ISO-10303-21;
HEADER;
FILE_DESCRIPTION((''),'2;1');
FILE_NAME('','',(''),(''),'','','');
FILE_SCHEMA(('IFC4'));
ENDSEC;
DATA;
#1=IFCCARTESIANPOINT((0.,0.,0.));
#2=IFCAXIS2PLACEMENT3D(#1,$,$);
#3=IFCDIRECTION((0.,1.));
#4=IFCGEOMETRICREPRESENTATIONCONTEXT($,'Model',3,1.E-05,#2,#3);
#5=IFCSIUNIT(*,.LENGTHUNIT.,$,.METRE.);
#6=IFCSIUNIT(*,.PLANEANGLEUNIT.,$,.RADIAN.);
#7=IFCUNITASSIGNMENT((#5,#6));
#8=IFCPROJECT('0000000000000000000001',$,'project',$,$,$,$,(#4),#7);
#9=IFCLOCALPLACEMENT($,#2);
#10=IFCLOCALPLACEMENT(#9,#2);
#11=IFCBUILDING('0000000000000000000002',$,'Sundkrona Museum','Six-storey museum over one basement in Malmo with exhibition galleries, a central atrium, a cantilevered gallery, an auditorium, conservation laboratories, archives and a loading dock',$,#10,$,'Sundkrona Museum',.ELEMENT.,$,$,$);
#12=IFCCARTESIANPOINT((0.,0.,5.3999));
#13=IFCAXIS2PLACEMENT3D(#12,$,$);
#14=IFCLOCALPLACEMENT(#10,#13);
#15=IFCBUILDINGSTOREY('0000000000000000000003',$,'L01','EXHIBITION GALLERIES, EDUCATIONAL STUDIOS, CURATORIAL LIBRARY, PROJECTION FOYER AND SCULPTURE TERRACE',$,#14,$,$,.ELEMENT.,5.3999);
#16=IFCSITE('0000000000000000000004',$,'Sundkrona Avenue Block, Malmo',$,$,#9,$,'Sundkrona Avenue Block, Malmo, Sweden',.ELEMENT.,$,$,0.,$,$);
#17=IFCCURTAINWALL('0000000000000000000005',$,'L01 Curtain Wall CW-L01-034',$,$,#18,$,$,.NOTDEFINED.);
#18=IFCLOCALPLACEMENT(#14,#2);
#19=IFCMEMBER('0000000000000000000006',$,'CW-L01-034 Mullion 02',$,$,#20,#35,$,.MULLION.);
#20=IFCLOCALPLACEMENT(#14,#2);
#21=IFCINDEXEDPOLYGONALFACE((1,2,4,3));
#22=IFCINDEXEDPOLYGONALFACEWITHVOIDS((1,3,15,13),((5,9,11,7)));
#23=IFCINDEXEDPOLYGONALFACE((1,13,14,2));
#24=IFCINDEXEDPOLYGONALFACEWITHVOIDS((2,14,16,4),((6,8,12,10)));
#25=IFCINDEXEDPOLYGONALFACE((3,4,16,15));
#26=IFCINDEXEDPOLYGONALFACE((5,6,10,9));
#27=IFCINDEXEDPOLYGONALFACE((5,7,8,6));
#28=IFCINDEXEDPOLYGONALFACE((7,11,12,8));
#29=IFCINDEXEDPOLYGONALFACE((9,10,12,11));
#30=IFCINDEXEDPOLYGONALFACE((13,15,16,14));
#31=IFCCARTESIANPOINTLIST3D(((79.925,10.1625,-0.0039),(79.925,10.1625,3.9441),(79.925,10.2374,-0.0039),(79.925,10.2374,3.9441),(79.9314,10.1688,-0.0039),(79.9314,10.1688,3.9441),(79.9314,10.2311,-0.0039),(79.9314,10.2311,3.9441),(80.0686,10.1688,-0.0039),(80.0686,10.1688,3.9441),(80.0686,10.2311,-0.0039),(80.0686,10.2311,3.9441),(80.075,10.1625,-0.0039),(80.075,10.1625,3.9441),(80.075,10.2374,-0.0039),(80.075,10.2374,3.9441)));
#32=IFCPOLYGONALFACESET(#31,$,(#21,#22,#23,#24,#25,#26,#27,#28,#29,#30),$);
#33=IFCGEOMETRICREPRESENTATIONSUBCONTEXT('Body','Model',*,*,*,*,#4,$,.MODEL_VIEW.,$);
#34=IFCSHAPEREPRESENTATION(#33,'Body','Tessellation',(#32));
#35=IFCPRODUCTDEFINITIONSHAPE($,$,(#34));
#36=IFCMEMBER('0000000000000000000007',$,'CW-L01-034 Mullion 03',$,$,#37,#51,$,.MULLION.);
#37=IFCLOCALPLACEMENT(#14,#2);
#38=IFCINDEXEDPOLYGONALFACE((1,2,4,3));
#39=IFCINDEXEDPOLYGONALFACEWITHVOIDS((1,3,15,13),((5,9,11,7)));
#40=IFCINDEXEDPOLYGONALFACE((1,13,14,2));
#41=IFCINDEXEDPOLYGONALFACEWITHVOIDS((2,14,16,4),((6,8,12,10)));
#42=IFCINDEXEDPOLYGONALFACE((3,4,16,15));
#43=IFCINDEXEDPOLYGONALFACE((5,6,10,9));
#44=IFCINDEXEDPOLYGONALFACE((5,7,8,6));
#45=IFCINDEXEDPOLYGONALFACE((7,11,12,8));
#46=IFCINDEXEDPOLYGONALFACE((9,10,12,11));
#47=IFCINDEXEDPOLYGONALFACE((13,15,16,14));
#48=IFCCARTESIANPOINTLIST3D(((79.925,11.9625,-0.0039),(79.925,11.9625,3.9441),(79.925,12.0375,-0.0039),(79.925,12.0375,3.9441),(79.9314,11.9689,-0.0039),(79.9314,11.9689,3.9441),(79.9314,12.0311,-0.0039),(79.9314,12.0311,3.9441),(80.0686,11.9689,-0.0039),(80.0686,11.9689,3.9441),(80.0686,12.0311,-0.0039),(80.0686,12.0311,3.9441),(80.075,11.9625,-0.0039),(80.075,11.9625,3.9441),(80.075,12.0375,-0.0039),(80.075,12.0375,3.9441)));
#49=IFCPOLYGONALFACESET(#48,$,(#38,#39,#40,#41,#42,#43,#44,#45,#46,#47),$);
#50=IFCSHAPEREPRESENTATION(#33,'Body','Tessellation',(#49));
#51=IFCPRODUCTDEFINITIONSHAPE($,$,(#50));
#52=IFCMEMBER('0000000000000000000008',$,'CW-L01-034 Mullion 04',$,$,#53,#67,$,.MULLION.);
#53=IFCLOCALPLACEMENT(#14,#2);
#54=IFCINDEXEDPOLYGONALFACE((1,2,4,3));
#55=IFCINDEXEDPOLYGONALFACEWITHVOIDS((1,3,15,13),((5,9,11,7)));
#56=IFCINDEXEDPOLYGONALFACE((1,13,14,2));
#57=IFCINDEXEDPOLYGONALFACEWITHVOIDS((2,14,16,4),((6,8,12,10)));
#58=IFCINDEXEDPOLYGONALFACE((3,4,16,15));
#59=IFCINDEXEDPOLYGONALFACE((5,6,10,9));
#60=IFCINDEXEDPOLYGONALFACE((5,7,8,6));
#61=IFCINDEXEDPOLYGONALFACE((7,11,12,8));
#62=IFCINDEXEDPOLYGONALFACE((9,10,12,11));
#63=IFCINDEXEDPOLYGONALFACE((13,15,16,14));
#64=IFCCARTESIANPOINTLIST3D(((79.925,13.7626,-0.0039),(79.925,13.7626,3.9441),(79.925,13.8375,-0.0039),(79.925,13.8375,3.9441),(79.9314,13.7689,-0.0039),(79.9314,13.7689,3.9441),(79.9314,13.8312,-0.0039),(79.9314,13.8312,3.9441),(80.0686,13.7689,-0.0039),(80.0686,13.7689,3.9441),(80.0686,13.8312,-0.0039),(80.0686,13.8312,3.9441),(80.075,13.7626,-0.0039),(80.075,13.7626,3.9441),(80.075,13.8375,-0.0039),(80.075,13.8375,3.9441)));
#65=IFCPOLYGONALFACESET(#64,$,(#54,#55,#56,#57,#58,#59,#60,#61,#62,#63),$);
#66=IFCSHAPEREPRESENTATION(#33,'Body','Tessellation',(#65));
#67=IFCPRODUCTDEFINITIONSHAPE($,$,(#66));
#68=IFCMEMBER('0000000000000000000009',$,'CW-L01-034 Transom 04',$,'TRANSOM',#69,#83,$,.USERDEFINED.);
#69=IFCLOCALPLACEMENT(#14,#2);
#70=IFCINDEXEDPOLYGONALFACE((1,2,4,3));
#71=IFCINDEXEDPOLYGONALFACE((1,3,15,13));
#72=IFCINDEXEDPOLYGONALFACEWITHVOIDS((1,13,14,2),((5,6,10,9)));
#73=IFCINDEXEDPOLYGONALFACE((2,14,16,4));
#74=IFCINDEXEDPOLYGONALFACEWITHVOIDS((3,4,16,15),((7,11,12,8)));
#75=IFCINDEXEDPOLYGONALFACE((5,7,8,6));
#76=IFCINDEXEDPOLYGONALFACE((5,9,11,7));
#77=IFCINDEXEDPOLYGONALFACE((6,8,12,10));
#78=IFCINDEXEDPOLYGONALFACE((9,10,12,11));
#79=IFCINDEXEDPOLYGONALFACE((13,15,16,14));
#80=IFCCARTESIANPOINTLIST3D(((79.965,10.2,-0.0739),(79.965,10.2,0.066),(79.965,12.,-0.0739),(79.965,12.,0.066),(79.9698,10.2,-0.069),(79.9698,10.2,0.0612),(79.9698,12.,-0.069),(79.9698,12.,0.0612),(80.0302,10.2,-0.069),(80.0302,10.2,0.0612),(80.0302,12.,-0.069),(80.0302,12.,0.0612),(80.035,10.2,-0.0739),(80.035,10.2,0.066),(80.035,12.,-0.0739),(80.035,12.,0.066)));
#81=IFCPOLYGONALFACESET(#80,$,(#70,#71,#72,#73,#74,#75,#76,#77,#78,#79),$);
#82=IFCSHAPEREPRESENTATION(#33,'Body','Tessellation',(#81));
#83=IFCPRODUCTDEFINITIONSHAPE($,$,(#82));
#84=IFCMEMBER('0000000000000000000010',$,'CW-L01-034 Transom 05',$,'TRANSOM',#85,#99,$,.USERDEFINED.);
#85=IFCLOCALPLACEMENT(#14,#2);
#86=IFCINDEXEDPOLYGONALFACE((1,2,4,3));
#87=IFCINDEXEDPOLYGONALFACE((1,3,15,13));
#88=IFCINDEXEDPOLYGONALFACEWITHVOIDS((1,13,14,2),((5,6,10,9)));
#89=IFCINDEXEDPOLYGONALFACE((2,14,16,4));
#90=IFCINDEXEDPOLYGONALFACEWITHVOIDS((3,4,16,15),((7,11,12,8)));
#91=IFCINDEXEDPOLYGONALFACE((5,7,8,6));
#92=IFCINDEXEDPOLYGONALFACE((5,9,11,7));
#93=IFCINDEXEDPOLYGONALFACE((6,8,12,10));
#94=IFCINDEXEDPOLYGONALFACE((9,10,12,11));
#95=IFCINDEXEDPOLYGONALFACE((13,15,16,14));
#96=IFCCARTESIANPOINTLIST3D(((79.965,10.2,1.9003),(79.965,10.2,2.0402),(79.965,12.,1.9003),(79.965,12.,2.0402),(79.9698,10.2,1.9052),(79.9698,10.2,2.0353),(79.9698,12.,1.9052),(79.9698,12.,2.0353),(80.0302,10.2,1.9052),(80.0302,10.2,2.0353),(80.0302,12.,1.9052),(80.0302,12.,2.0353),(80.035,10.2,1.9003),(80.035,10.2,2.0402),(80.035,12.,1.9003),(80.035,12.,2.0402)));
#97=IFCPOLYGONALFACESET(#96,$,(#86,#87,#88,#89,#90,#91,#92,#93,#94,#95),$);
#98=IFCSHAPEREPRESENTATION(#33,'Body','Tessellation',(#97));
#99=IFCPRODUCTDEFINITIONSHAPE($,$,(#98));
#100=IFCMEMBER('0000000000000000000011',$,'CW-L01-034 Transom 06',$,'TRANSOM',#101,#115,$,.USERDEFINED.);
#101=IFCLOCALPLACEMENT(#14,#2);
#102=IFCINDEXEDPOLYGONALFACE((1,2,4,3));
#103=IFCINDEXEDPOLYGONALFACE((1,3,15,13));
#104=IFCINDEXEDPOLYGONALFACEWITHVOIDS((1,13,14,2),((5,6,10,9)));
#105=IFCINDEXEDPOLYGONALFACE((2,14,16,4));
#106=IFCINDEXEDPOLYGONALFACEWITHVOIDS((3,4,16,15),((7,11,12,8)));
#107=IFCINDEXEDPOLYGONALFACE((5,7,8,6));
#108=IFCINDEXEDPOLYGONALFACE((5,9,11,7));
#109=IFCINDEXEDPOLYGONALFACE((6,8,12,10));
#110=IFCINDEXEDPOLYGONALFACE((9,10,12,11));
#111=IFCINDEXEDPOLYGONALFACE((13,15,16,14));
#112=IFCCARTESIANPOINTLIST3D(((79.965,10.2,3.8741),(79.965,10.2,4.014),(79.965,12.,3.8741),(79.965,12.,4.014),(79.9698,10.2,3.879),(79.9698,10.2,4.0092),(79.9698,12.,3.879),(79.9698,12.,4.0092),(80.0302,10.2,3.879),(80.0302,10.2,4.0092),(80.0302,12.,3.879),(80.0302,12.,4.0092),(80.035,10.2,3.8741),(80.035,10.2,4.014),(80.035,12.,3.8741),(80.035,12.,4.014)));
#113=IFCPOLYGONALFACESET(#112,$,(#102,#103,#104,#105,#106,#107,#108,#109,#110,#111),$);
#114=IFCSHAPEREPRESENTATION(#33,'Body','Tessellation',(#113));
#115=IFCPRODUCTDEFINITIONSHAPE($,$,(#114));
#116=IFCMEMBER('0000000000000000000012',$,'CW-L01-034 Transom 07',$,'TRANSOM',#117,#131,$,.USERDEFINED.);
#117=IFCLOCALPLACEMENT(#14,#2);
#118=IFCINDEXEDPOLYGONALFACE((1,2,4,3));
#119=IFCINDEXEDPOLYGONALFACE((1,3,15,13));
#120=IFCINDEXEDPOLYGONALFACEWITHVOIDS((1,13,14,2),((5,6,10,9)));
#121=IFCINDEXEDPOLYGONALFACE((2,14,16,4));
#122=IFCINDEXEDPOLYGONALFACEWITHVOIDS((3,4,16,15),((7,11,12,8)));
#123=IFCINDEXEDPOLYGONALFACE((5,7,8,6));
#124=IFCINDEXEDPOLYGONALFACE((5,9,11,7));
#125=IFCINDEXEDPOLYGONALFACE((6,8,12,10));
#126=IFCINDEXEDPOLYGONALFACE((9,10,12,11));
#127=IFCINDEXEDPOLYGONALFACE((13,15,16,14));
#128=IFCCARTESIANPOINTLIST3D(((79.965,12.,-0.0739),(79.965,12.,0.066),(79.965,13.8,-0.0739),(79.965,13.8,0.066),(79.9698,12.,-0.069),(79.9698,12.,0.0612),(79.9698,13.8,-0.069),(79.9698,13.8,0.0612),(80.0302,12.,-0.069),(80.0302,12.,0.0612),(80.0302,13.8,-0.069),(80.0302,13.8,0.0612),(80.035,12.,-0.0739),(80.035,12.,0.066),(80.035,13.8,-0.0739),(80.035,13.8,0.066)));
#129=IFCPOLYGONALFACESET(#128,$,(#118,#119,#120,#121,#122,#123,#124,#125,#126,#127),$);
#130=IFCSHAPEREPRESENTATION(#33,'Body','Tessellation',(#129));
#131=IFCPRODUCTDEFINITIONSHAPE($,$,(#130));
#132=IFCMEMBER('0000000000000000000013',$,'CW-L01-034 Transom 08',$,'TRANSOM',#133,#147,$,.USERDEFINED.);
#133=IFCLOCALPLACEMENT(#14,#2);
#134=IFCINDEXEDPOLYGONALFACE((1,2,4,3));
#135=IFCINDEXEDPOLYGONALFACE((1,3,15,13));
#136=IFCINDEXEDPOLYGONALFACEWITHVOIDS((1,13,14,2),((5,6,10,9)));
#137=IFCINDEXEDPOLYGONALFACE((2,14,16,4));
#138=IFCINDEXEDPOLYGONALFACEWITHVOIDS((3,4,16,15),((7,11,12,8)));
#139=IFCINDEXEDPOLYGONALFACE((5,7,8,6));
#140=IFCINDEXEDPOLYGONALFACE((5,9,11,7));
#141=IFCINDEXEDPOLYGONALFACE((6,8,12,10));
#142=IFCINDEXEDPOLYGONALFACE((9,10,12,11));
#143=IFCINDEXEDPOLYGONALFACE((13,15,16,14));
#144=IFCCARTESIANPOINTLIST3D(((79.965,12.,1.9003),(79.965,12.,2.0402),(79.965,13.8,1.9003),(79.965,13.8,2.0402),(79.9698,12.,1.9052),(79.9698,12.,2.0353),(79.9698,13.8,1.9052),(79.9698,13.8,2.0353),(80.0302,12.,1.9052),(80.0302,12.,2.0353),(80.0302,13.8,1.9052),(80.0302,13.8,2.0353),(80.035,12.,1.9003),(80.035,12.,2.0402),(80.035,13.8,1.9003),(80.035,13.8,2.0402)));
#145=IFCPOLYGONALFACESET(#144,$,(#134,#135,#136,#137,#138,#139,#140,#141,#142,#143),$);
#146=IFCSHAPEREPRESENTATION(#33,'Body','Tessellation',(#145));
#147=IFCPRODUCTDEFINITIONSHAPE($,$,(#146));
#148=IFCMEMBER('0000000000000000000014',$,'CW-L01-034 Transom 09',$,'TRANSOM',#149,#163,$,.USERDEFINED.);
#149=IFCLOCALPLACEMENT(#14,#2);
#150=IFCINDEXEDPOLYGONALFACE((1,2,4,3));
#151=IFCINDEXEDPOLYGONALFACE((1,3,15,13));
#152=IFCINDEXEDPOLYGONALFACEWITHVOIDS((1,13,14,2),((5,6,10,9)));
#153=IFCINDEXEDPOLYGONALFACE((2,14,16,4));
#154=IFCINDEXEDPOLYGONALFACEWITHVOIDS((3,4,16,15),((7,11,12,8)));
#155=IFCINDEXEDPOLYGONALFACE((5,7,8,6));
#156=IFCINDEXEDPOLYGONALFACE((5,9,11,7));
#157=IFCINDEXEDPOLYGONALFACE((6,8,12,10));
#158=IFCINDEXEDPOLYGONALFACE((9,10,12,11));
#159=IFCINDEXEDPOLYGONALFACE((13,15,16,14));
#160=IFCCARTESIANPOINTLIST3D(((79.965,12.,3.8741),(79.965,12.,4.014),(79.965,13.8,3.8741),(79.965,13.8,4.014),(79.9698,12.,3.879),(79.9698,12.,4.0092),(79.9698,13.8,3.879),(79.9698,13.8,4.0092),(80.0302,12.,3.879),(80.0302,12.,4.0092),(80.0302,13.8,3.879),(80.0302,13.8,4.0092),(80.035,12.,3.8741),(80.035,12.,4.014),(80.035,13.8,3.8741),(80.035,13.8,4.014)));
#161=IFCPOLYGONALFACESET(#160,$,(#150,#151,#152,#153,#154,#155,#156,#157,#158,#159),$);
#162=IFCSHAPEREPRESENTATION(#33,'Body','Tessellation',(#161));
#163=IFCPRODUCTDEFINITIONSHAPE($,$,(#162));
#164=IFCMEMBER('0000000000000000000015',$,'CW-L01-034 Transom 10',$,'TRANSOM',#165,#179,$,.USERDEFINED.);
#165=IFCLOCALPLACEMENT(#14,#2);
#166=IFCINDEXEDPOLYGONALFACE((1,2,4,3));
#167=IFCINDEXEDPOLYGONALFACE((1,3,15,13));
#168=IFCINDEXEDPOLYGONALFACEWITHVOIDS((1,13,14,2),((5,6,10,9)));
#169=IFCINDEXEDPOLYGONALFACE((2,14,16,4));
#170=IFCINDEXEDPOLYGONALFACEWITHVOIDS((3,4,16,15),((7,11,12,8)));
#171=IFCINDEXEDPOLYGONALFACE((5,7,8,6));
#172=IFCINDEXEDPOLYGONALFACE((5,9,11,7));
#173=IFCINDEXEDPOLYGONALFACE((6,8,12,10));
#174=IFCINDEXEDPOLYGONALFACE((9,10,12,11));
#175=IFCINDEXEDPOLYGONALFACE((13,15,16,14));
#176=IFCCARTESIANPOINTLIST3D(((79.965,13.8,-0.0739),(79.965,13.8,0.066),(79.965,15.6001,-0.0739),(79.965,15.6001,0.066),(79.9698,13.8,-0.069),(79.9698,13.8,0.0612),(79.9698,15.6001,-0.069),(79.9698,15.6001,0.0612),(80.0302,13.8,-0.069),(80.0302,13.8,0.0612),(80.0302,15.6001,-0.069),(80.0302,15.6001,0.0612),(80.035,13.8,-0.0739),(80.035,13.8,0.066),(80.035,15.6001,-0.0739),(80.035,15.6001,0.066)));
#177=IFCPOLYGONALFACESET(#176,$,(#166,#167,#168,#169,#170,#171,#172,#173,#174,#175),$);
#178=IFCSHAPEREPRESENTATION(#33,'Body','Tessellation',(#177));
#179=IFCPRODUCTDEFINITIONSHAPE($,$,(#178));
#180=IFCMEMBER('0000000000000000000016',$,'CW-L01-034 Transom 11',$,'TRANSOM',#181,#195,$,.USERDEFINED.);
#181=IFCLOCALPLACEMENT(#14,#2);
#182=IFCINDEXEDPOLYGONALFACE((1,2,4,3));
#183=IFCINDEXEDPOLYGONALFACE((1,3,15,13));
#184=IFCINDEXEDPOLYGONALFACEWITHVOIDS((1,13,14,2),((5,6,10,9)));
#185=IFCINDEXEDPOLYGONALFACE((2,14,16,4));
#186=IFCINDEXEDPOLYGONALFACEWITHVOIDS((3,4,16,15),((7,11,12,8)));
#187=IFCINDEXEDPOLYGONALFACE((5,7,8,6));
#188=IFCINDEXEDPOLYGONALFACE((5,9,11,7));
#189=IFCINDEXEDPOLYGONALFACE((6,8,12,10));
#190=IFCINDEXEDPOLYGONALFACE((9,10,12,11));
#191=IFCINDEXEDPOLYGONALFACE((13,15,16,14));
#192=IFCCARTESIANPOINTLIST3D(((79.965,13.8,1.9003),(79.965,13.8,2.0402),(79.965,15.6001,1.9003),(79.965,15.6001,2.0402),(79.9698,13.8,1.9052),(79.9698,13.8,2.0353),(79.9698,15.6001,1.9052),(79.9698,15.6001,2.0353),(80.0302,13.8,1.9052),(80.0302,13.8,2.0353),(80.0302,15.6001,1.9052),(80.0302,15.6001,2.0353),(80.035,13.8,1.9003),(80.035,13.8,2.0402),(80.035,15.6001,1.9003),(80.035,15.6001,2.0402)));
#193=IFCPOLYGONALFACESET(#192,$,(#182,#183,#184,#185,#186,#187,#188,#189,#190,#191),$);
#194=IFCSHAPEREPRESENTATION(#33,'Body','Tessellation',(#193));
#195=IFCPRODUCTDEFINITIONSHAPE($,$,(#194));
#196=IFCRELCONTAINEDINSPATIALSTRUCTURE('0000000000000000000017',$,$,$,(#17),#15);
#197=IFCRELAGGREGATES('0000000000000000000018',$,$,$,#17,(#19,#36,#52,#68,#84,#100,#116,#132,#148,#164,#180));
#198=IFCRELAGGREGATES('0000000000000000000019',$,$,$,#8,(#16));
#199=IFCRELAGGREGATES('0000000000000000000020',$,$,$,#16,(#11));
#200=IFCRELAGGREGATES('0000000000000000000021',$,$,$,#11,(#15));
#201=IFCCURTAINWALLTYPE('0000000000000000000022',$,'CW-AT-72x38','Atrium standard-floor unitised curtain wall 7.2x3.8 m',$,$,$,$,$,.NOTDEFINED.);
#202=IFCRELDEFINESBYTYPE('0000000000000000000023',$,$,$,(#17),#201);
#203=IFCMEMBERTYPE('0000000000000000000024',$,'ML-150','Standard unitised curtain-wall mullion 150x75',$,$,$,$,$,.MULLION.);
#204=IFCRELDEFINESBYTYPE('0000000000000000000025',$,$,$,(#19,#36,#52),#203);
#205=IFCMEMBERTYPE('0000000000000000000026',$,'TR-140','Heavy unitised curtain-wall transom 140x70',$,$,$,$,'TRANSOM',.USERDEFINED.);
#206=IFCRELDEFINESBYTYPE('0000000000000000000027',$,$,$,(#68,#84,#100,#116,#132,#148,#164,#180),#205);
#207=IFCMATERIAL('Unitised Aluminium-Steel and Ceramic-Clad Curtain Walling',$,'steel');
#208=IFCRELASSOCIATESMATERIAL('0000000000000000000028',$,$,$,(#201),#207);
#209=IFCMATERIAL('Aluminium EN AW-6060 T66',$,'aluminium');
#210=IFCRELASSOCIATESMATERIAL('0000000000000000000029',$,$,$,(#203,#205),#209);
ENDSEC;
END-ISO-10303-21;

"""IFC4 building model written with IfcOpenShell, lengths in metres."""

from ifc_helpers import new_model, si_unit, direction, frame, origin, origin_2d, place, context, subcontext, project, spatial, hollow_rectangle, extrude, material, material_profile, profile_set, type_object, element, aggregate, save


model = new_model("IFC4")

# Units and contexts
model_context = context("Model", 3, precision=1e-05, world=origin(), true_north=direction((0.0, 1.0)))
body_context = subcontext(model_context, "Body", "Model", "MODEL_VIEW")
ifc_project = project(units=[si_unit("LENGTHUNIT", "METRE"), si_unit("PLANEANGLEUNIT", "RADIAN")], contexts=[model_context])

# Site, building, storey
site_placement = place(None, origin())
site = spatial("IfcSite", under=ifc_project, at=site_placement, Name="Sundkrona Avenue Block, Malmo", LongName="Sundkrona Avenue Block, Malmo, Sweden", CompositionType="ELEMENT", RefElevation=0.0)
building_placement = place(site_placement, origin())
building = spatial("IfcBuilding", under=site, at=building_placement, Name="Sundkrona Museum", Description="Six-storey museum over one basement in Malmo with exhibition galleries, a central atrium, a cantilevered gallery, an auditorium, conservation laboratories, archives and a loading dock", LongName="Sundkrona Museum", CompositionType="ELEMENT")
storey_placement = place(building_placement, frame((0.0, 0.0, 5.3999)))
storey = spatial("IfcBuildingStorey", under=building, at=storey_placement, Name="L01", Description="EXHIBITION GALLERIES, EDUCATIONAL STUDIOS, CURATORIAL LIBRARY, PROJECTION FOYER AND SCULPTURE TERRACE", CompositionType="ELEMENT", Elevation=5.3999)

# Curtain wall, members
ifc_material_1 = material(Name="Unitised Aluminium-Steel and Ceramic-Clad Curtain Walling", Category="steel")
curtain_wall_type = type_object("IfcCurtainWallType", Name="CW-AT-72x38", Description="Atrium standard-floor unitised curtain wall 7.2x3.8 m", PredefinedType="NOTDEFINED", material=ifc_material_1)
curtain_wall_placement = place(storey_placement, origin())
curtain_wall = element("IfcCurtainWall", 1, at=curtain_wall_placement, inside=storey, type_object=curtain_wall_type, Name="L01 Curtain Wall CW-L01-034", PredefinedType="NOTDEFINED")
ifc_material_2 = material(Name="Aluminium EN AW-6060 T66", Category="aluminium")
ifc_material_profile_1 = material_profile(ifc_material_2, hollow_rectangle(XDim=0.075, YDim=0.1499, WallThickness=0.0063, at=origin_2d()), Name="RHS 150x75x6.3")
ifc_profile_set_1 = profile_set([ifc_material_profile_1], Name="Aluminium EN AW-6060 T66")
member_type_1 = type_object("IfcMemberType", Name="ML-150", Description="Standard unitised curtain-wall mullion 150x75", PredefinedType="MULLION", material=ifc_profile_set_1)
member_1_placement = place(storey_placement, frame((80.0, 10.2, -0.0039), z_axis=(0.0, 0.0, 1.0), x_axis=(0.0, 1.0, 0.0)))
member_1 = element("IfcMember", 2, at=member_1_placement, type_object=member_type_1, Name="CW-L01-034 Mullion 02", PredefinedType="MULLION", context=body_context, shape_type="SweptSolid", body=[
    extrude(hollow_rectangle(XDim=0.075, YDim=0.1499, WallThickness=0.0063, at=origin_2d()), origin(), (0.0, 0.0, 1.0), 3.948),
])
member_2_placement = place(storey_placement, frame((80.0, 12.0, -0.0039), z_axis=(0.0, 0.0, 1.0), x_axis=(0.0, 1.0, 0.0)))
member_2 = element("IfcMember", 3, at=member_2_placement, type_object=member_type_1, Name="CW-L01-034 Mullion 03", PredefinedType="MULLION", context=body_context, shape_type="SweptSolid", body=[
    extrude(hollow_rectangle(XDim=0.075, YDim=0.1499, WallThickness=0.0063, at=origin_2d()), origin(), (0.0, 0.0, 1.0), 3.948),
])
member_3_placement = place(storey_placement, frame((80.0, 13.8, -0.0039), z_axis=(0.0, 0.0, 1.0), x_axis=(0.0, 1.0, 0.0)))
member_3 = element("IfcMember", 4, at=member_3_placement, type_object=member_type_1, Name="CW-L01-034 Mullion 04", PredefinedType="MULLION", context=body_context, shape_type="SweptSolid", body=[
    extrude(hollow_rectangle(XDim=0.075, YDim=0.1499, WallThickness=0.0063, at=origin_2d()), origin(), (0.0, 0.0, 1.0), 3.948),
])
ifc_material_profile_2 = material_profile(ifc_material_2, hollow_rectangle(XDim=0.0701, YDim=0.1399, WallThickness=0.0049, at=origin_2d()), Name="RHS 140x70x5.0")
ifc_profile_set_2 = profile_set([ifc_material_profile_2], Name="Aluminium EN AW-6060 T66")
member_type_2 = type_object("IfcMemberType", Name="TR-140", Description="Heavy unitised curtain-wall transom 140x70", ElementType="TRANSOM", PredefinedType="USERDEFINED", material=ifc_profile_set_2)
member_4_placement = place(storey_placement, frame((80.0, 10.2, -0.0039), z_axis=(0.0, 1.0, 0.0), x_axis=(-1.0, 0.0, 0.0)))
member_4 = element("IfcMember", 5, at=member_4_placement, type_object=member_type_2, Name="CW-L01-034 Transom 04", ObjectType="TRANSOM", PredefinedType="USERDEFINED", context=body_context, shape_type="SweptSolid", body=[
    extrude(hollow_rectangle(XDim=0.0701, YDim=0.1399, WallThickness=0.0049, at=origin_2d()), origin(), (0.0, 0.0, 1.0), 1.8),
])
member_5_placement = place(storey_placement, frame((80.0, 10.2, 1.9702), z_axis=(0.0, 1.0, 0.0), x_axis=(-1.0, 0.0, 0.0)))
member_5 = element("IfcMember", 6, at=member_5_placement, type_object=member_type_2, Name="CW-L01-034 Transom 05", ObjectType="TRANSOM", PredefinedType="USERDEFINED", context=body_context, shape_type="SweptSolid", body=[
    extrude(hollow_rectangle(XDim=0.0701, YDim=0.1399, WallThickness=0.0049, at=origin_2d()), origin(), (0.0, 0.0, 1.0), 1.8),
])
member_6_placement = place(storey_placement, frame((80.0, 10.2, 3.9441), z_axis=(0.0, 1.0, 0.0), x_axis=(-1.0, 0.0, 0.0)))
member_6 = element("IfcMember", 7, at=member_6_placement, type_object=member_type_2, Name="CW-L01-034 Transom 06", ObjectType="TRANSOM", PredefinedType="USERDEFINED", context=body_context, shape_type="SweptSolid", body=[
    extrude(hollow_rectangle(XDim=0.0701, YDim=0.1399, WallThickness=0.0049, at=origin_2d()), origin(), (0.0, 0.0, 1.0), 1.8),
])
member_7_placement = place(storey_placement, frame((80.0, 12.0, -0.0039), z_axis=(0.0, 1.0, 0.0), x_axis=(-1.0, 0.0, 0.0)))
member_7 = element("IfcMember", 8, at=member_7_placement, type_object=member_type_2, Name="CW-L01-034 Transom 07", ObjectType="TRANSOM", PredefinedType="USERDEFINED", context=body_context, shape_type="SweptSolid", body=[
    extrude(hollow_rectangle(XDim=0.0701, YDim=0.1399, WallThickness=0.0049, at=origin_2d()), origin(), (0.0, 0.0, 1.0), 1.8),
])
member_8_placement = place(storey_placement, frame((80.0, 12.0, 1.9702), z_axis=(0.0, 1.0, 0.0), x_axis=(-1.0, 0.0, 0.0)))
member_8 = element("IfcMember", 9, at=member_8_placement, type_object=member_type_2, Name="CW-L01-034 Transom 08", ObjectType="TRANSOM", PredefinedType="USERDEFINED", context=body_context, shape_type="SweptSolid", body=[
    extrude(hollow_rectangle(XDim=0.0701, YDim=0.1399, WallThickness=0.0049, at=origin_2d()), origin(), (0.0, 0.0, 1.0), 1.8),
])
member_9_placement = place(storey_placement, frame((80.0, 12.0, 3.9441), z_axis=(0.0, 1.0, 0.0), x_axis=(-1.0, 0.0, 0.0)))
member_9 = element("IfcMember", 10, at=member_9_placement, type_object=member_type_2, Name="CW-L01-034 Transom 09", ObjectType="TRANSOM", PredefinedType="USERDEFINED", context=body_context, shape_type="SweptSolid", body=[
    extrude(hollow_rectangle(XDim=0.0701, YDim=0.1399, WallThickness=0.0049, at=origin_2d()), origin(), (0.0, 0.0, 1.0), 1.8),
])
member_10_placement = place(storey_placement, frame((80.0, 13.8, -0.0039), z_axis=(0.0, 1.0, 0.0), x_axis=(-1.0, 0.0, 0.0)))
member_10 = element("IfcMember", 11, at=member_10_placement, type_object=member_type_2, Name="CW-L01-034 Transom 10", ObjectType="TRANSOM", PredefinedType="USERDEFINED", context=body_context, shape_type="SweptSolid", body=[
    extrude(hollow_rectangle(XDim=0.0701, YDim=0.1399, WallThickness=0.0049, at=origin_2d()), origin(), (0.0, 0.0, 1.0), 1.8),
])
member_11_placement = place(storey_placement, frame((80.0, 13.8, 1.9702), z_axis=(0.0, 1.0, 0.0), x_axis=(-1.0, 0.0, 0.0)))
member_11 = element("IfcMember", 12, at=member_11_placement, type_object=member_type_2, Name="CW-L01-034 Transom 11", ObjectType="TRANSOM", PredefinedType="USERDEFINED", context=body_context, shape_type="SweptSolid", body=[
    extrude(hollow_rectangle(XDim=0.0701, YDim=0.1399, WallThickness=0.0049, at=origin_2d()), origin(), (0.0, 0.0, 1.0), 1.8),
])
aggregate(curtain_wall, [member_1, member_2, member_3, member_4, member_5, member_6, member_7, member_8, member_9, member_10, member_11])

save(model, "model.ifc")
